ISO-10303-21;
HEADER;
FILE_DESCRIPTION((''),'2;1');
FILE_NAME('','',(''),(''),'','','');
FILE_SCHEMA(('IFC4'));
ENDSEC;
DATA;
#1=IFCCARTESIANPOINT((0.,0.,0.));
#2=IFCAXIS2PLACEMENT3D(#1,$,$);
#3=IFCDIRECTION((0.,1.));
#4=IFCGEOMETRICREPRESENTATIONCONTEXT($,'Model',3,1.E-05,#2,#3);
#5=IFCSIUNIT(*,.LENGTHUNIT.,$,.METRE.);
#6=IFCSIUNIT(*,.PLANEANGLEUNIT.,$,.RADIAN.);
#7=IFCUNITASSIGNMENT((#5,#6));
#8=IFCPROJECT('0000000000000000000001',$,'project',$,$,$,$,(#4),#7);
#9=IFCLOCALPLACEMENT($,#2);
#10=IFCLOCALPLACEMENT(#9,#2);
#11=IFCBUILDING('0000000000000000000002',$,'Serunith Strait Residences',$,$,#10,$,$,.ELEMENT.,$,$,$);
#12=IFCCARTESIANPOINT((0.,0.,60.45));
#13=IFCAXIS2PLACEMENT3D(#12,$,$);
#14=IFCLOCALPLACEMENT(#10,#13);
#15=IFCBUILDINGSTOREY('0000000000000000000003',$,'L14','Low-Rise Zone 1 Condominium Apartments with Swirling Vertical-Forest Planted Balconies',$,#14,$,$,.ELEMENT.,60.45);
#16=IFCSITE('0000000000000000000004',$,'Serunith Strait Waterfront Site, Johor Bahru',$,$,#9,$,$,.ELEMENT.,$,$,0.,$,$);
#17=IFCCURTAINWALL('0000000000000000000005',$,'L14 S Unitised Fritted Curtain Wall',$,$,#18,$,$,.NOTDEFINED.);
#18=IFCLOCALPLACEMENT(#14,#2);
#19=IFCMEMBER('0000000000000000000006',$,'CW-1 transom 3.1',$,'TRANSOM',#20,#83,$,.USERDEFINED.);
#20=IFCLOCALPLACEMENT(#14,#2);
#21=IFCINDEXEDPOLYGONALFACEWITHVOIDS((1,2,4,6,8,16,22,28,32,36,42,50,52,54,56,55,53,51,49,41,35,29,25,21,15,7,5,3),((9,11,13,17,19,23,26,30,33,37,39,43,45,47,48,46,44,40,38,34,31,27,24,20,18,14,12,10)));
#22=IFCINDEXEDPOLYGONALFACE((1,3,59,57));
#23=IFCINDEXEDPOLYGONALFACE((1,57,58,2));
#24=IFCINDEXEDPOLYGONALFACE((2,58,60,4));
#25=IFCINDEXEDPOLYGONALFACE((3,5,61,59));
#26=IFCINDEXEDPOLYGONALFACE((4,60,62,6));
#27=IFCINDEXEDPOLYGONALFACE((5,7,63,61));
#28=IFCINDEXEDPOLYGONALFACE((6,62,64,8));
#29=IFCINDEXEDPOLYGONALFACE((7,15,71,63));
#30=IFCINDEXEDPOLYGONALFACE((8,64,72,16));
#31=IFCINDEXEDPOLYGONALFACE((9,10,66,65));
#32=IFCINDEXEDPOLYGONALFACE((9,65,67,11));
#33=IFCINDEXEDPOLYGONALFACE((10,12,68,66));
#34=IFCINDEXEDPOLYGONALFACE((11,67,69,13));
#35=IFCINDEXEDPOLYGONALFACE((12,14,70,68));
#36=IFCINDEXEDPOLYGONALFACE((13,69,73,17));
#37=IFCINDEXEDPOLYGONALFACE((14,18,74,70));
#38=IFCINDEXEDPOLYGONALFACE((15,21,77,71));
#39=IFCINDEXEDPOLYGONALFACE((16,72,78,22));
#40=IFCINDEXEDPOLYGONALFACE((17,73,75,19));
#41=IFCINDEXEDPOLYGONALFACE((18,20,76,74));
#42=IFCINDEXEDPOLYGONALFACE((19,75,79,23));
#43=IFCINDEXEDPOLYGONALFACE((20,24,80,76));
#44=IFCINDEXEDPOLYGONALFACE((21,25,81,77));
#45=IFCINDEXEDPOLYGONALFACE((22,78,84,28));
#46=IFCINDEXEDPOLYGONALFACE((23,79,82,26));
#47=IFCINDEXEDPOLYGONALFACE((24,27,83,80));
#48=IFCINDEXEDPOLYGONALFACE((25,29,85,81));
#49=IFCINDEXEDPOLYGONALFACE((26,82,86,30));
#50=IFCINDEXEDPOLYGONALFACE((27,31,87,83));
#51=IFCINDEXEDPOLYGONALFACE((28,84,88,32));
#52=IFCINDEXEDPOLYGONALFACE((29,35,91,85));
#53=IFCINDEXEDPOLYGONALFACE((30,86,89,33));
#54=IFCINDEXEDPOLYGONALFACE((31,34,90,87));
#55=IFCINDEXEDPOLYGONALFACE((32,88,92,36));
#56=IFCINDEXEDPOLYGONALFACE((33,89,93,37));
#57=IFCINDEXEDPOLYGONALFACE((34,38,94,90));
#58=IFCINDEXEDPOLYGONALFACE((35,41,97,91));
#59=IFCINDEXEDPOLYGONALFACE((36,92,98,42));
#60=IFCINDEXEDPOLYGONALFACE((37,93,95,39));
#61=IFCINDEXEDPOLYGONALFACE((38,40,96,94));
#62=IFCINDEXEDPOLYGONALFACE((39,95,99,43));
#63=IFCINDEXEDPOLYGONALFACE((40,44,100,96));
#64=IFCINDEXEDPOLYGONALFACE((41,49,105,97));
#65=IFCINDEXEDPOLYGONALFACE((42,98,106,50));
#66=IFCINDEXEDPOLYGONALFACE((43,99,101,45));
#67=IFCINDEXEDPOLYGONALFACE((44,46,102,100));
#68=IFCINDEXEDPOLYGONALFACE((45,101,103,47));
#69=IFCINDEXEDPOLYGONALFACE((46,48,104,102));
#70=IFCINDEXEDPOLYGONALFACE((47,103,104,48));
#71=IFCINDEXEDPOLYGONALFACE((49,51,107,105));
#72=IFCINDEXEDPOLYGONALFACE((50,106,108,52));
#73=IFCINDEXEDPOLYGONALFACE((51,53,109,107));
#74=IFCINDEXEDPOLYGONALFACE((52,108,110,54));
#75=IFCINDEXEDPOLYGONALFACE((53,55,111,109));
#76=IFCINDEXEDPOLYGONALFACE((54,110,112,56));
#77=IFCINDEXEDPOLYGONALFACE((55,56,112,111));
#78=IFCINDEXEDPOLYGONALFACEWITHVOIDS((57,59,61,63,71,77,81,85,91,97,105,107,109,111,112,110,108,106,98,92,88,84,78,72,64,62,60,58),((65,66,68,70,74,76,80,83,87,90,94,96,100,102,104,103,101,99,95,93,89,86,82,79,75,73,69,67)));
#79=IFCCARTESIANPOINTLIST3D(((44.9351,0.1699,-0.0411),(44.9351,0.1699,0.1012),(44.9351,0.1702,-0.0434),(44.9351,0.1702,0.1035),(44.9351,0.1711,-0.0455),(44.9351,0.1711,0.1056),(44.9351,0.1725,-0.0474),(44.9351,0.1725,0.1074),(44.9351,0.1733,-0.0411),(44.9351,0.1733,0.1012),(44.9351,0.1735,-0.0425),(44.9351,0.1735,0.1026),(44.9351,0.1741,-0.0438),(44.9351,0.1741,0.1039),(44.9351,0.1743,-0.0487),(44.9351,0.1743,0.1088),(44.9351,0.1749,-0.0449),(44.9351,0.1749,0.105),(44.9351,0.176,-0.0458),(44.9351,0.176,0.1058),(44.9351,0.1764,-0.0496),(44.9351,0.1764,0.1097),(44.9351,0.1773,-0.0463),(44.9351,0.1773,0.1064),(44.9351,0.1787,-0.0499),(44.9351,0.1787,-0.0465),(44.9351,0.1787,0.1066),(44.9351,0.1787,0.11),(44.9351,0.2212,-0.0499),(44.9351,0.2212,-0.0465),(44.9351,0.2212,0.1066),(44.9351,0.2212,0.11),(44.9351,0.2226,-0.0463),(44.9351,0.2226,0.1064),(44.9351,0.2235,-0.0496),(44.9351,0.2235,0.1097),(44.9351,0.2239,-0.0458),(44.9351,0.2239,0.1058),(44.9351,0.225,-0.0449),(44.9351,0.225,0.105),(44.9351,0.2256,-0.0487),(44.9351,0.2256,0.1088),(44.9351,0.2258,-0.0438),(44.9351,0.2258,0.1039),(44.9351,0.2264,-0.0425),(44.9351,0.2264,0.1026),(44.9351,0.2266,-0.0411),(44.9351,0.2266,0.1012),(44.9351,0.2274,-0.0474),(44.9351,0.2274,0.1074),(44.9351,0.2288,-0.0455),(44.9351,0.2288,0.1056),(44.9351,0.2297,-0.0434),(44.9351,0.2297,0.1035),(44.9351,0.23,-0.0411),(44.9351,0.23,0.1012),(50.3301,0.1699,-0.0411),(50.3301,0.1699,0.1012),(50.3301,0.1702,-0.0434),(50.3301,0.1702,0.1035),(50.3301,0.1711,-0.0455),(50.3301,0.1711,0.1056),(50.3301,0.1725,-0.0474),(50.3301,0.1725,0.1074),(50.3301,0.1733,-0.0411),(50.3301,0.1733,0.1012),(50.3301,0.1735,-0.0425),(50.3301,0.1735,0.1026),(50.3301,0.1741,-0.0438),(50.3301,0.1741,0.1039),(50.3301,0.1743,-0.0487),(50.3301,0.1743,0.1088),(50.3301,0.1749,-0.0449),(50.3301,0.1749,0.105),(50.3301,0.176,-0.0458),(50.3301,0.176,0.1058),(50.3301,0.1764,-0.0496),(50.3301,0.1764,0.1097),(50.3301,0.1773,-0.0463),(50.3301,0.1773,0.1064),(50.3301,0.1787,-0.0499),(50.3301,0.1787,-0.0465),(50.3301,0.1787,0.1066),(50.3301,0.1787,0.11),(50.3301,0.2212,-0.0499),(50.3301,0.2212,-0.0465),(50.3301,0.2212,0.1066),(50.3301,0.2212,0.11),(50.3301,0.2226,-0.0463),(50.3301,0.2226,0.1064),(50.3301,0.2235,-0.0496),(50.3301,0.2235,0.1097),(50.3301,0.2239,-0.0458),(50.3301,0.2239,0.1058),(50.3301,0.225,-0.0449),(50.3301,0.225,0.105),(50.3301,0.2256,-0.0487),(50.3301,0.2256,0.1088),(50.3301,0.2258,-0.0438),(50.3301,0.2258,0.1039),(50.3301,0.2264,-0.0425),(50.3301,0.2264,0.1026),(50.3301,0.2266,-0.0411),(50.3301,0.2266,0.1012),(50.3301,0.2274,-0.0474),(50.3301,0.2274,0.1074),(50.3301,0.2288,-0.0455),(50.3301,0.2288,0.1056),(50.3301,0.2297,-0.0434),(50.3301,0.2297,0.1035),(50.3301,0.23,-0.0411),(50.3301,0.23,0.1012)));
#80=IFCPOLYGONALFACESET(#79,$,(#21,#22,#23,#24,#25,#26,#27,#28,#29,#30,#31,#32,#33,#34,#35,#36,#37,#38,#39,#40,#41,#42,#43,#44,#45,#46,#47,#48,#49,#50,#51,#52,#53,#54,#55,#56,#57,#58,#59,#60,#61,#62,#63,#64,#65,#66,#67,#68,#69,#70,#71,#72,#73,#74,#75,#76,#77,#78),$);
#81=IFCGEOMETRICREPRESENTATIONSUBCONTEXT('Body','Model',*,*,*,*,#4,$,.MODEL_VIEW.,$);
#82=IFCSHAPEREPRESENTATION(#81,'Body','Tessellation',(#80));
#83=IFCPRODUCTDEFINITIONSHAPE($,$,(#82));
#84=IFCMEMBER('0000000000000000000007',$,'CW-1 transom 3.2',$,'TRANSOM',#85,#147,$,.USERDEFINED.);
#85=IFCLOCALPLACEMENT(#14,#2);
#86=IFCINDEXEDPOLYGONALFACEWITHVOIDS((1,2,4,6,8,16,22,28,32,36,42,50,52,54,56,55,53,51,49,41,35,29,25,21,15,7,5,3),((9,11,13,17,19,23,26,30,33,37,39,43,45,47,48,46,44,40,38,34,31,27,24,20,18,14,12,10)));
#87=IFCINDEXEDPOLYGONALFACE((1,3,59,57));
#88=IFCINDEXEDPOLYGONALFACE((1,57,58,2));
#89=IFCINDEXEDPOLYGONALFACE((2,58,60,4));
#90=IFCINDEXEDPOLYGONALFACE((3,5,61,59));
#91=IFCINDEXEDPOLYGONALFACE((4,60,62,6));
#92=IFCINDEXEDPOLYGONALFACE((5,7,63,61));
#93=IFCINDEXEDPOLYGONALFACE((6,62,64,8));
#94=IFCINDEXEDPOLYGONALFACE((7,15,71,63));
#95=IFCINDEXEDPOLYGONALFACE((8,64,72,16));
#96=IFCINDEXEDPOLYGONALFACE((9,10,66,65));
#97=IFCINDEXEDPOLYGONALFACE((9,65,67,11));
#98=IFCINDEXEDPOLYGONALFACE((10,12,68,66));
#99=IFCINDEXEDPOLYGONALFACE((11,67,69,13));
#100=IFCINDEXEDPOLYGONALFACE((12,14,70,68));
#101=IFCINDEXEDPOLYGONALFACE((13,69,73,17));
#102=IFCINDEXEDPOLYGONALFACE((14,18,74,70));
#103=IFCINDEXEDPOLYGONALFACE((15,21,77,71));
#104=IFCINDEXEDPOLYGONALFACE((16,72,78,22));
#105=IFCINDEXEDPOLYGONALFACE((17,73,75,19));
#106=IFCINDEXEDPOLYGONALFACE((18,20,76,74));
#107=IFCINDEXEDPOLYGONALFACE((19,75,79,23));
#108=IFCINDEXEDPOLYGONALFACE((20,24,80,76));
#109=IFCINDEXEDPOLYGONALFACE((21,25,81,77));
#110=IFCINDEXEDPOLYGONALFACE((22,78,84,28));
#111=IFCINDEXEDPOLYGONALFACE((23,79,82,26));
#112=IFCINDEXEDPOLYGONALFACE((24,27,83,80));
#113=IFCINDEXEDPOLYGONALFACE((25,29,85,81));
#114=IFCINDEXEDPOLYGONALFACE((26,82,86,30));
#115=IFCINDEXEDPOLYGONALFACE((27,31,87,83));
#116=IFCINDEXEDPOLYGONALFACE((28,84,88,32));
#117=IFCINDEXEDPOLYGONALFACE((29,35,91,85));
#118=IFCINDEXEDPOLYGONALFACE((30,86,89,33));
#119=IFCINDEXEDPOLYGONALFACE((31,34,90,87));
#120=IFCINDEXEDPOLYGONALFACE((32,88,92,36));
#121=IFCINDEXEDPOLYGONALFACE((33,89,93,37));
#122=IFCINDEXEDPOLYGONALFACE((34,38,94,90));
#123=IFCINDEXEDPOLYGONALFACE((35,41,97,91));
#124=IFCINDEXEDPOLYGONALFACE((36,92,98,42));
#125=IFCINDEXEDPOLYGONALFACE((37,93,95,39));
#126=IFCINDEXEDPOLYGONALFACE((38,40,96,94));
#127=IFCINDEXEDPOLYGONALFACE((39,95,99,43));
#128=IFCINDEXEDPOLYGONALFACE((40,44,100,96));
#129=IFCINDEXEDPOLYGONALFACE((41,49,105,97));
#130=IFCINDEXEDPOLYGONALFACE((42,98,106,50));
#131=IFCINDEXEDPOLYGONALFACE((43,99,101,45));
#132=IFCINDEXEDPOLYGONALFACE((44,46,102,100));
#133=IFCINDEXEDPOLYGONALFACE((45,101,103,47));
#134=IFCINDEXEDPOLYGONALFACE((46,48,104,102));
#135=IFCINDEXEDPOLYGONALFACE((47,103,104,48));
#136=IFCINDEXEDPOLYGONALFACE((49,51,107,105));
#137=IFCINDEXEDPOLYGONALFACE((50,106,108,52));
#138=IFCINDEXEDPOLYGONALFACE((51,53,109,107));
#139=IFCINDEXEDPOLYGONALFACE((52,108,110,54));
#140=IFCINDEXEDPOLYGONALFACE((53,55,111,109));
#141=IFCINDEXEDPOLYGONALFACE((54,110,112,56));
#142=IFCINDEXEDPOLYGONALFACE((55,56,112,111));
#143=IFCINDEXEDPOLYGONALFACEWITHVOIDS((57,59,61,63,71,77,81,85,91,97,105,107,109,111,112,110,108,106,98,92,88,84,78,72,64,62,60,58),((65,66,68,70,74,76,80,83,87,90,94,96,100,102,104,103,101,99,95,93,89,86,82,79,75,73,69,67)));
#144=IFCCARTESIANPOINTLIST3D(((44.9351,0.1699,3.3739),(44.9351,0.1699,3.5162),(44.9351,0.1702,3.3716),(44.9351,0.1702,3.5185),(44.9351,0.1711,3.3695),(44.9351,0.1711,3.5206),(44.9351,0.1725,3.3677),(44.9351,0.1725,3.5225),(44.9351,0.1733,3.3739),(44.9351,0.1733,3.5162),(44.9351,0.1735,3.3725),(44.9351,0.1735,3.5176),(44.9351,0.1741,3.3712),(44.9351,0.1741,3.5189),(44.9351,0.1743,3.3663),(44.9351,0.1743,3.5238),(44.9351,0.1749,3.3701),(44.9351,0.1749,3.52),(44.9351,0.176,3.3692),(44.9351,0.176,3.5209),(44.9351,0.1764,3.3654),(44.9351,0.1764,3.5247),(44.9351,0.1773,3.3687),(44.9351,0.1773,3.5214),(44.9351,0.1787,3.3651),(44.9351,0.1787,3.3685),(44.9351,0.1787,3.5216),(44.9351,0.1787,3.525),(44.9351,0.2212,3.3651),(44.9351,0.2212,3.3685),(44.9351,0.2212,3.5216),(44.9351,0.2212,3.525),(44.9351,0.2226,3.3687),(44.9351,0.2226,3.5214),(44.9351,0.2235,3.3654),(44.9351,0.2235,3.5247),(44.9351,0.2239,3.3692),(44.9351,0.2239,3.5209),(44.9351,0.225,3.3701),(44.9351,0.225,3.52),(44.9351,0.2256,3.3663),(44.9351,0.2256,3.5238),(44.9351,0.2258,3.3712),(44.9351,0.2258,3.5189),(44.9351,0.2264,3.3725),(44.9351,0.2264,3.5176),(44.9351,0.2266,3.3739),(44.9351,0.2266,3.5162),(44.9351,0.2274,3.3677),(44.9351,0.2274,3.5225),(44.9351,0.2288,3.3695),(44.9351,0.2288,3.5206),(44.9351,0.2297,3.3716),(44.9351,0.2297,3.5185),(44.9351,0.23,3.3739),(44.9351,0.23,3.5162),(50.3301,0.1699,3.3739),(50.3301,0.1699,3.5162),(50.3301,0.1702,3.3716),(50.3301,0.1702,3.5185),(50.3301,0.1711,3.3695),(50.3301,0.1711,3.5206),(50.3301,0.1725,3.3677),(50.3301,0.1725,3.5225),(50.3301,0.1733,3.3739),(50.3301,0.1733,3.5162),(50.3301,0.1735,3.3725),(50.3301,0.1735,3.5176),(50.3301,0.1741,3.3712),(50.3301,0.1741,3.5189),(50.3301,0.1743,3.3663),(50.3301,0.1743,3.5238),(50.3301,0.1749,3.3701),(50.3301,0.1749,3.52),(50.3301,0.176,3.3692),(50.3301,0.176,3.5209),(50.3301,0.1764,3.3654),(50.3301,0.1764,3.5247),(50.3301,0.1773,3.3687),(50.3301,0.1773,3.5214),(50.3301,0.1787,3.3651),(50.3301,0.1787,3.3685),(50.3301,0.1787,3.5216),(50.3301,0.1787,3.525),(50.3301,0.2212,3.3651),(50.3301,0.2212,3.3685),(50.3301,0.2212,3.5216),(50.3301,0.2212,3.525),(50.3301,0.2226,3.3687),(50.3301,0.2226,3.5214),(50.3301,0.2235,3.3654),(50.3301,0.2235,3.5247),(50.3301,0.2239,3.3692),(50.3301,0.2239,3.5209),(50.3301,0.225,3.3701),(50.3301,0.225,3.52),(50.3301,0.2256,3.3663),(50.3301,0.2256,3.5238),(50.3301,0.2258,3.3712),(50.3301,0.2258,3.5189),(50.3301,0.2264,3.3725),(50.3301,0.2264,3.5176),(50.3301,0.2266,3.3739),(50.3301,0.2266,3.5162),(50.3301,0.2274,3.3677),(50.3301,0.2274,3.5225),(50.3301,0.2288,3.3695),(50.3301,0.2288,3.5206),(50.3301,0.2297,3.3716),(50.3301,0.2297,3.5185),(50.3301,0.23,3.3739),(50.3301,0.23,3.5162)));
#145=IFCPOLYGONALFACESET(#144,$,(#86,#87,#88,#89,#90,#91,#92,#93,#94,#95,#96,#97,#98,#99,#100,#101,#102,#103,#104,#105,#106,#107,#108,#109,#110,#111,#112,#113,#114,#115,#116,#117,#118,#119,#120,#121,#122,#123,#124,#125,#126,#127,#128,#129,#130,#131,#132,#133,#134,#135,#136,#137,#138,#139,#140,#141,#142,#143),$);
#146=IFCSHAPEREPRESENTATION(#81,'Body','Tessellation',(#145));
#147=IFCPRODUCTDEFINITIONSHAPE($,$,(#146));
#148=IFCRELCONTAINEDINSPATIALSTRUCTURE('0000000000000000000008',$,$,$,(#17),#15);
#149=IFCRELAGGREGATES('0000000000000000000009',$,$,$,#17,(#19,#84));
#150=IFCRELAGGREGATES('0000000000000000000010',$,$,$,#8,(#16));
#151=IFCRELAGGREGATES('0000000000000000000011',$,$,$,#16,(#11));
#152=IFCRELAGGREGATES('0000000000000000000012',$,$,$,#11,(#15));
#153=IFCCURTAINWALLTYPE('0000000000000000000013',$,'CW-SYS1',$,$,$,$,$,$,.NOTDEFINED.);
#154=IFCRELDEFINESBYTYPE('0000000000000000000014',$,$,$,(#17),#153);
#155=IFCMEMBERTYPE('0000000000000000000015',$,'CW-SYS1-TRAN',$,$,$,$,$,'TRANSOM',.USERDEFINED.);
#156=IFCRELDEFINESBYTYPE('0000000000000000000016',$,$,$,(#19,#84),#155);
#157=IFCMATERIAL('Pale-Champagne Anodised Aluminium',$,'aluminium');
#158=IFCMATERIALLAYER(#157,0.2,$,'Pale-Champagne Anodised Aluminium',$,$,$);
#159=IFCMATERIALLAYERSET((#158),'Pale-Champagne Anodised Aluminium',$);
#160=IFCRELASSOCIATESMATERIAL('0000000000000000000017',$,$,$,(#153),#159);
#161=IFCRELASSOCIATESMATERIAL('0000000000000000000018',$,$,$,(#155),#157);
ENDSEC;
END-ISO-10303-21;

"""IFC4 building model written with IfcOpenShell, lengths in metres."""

from ifc_helpers import new_model, si_unit, direction, frame, origin, origin_2d, place, context, subcontext, project, spatial, hollow_rectangle, extrude, source, transform, mapped, material, layer, layer_set, material_profile, profile_set, type_object, element, aggregate, save


model = new_model("IFC4")

# Units and contexts
model_context = context("Model", 3, precision=1e-05, world=origin(), true_north=direction((0.0, 1.0)))
body_context = subcontext(model_context, "Body", "Model", "MODEL_VIEW")
ifc_project = project(units=[si_unit("LENGTHUNIT", "METRE"), si_unit("PLANEANGLEUNIT", "RADIAN")], contexts=[model_context])

# Site, building, storey
site_placement = place(None, origin())
site = spatial("IfcSite", under=ifc_project, at=site_placement, Name="Serunith Strait Waterfront Site, Johor Bahru", CompositionType="ELEMENT", RefElevation=0.0)
building_placement = place(site_placement, origin())
building = spatial("IfcBuilding", under=site, at=building_placement, Name="Serunith Strait Residences", CompositionType="ELEMENT")
storey_placement = place(building_placement, frame((0.0, 0.0, 60.45)))
storey = spatial("IfcBuildingStorey", under=building, at=storey_placement, Name="L14", Description="Low-Rise Zone 1 Condominium Apartments with Swirling Vertical-Forest Planted Balconies", CompositionType="ELEMENT", Elevation=60.45)

# Curtain wall
ifc_material_1 = material(Name="Pale-Champagne Anodised Aluminium", Category="aluminium")
ifc_layer_1 = layer(ifc_material_1, 0.2, Name="Pale-Champagne Anodised Aluminium")
ifc_layer_set_1 = layer_set([ifc_layer_1], Name="Pale-Champagne Anodised Aluminium")
curtain_wall_type = type_object("IfcCurtainWallType", Name="CW-SYS1", PredefinedType="NOTDEFINED", material=ifc_layer_set_1)
curtain_wall_1_placement = place(storey_placement, origin())
curtain_wall_1 = element("IfcCurtainWall", 1, at=curtain_wall_1_placement, inside=storey, type_object=curtain_wall_type, Name="L14 S Unitised Fritted Curtain Wall", PredefinedType="NOTDEFINED")

# Members
ifc_material_profile_1 = material_profile(ifc_material_1, hollow_rectangle(XDim=0.0601, YDim=0.1599, WallThickness=0.0034, InnerFilletRadius=0.0054, OuterFilletRadius=0.0088, at=origin_2d()), Name="ALU 160x60x3.5")
ifc_profile_set_1 = profile_set([ifc_material_profile_1], Name="Pale-Champagne Anodised Aluminium")
member_type_1 = type_object("IfcMemberType", Name="CW-SYS1-TRAN", ElementType="TRANSOM", PredefinedType="USERDEFINED", material=ifc_profile_set_1)
shared_shape_1 = source(origin(), body_context, "Body", "SweptSolid", [
    extrude(hollow_rectangle(XDim=0.0601, YDim=0.1599, WallThickness=0.0034, InnerFilletRadius=0.0054, OuterFilletRadius=0.0088, at=origin_2d()), origin(), (0.0, 0.0, 1.0), 5.395),
])
member_1_placement = place(storey_placement, frame((44.9351, 0.2, 0.03), z_axis=(1.0, 0.0, 0.0), x_axis=(0.0, 1.0, 0.0)))
member_1 = element("IfcMember", 2, at=member_1_placement, type_object=member_type_1, Name="CW-1 transom 3.1", ObjectType="TRANSOM", PredefinedType="USERDEFINED", context=body_context, shape_type="MappedRepresentation", body=[
    mapped(shared_shape_1, transform((0.0, 0.0, 0.0), scale=1.0)),
])
member_2_placement = place(storey_placement, frame((44.9351, 0.2, 3.4451), z_axis=(1.0, 0.0, 0.0), x_axis=(0.0, 1.0, 0.0)))
member_2 = element("IfcMember", 3, at=member_2_placement, type_object=member_type_1, Name="CW-1 transom 3.2", ObjectType="TRANSOM", PredefinedType="USERDEFINED", context=body_context, shape_type="MappedRepresentation", body=[
    mapped(shared_shape_1, transform((0.0, 0.0, 0.0), scale=1.0)),
])

aggregate(curtain_wall_1, [member_1, member_2])

save(model, "model.ifc")
